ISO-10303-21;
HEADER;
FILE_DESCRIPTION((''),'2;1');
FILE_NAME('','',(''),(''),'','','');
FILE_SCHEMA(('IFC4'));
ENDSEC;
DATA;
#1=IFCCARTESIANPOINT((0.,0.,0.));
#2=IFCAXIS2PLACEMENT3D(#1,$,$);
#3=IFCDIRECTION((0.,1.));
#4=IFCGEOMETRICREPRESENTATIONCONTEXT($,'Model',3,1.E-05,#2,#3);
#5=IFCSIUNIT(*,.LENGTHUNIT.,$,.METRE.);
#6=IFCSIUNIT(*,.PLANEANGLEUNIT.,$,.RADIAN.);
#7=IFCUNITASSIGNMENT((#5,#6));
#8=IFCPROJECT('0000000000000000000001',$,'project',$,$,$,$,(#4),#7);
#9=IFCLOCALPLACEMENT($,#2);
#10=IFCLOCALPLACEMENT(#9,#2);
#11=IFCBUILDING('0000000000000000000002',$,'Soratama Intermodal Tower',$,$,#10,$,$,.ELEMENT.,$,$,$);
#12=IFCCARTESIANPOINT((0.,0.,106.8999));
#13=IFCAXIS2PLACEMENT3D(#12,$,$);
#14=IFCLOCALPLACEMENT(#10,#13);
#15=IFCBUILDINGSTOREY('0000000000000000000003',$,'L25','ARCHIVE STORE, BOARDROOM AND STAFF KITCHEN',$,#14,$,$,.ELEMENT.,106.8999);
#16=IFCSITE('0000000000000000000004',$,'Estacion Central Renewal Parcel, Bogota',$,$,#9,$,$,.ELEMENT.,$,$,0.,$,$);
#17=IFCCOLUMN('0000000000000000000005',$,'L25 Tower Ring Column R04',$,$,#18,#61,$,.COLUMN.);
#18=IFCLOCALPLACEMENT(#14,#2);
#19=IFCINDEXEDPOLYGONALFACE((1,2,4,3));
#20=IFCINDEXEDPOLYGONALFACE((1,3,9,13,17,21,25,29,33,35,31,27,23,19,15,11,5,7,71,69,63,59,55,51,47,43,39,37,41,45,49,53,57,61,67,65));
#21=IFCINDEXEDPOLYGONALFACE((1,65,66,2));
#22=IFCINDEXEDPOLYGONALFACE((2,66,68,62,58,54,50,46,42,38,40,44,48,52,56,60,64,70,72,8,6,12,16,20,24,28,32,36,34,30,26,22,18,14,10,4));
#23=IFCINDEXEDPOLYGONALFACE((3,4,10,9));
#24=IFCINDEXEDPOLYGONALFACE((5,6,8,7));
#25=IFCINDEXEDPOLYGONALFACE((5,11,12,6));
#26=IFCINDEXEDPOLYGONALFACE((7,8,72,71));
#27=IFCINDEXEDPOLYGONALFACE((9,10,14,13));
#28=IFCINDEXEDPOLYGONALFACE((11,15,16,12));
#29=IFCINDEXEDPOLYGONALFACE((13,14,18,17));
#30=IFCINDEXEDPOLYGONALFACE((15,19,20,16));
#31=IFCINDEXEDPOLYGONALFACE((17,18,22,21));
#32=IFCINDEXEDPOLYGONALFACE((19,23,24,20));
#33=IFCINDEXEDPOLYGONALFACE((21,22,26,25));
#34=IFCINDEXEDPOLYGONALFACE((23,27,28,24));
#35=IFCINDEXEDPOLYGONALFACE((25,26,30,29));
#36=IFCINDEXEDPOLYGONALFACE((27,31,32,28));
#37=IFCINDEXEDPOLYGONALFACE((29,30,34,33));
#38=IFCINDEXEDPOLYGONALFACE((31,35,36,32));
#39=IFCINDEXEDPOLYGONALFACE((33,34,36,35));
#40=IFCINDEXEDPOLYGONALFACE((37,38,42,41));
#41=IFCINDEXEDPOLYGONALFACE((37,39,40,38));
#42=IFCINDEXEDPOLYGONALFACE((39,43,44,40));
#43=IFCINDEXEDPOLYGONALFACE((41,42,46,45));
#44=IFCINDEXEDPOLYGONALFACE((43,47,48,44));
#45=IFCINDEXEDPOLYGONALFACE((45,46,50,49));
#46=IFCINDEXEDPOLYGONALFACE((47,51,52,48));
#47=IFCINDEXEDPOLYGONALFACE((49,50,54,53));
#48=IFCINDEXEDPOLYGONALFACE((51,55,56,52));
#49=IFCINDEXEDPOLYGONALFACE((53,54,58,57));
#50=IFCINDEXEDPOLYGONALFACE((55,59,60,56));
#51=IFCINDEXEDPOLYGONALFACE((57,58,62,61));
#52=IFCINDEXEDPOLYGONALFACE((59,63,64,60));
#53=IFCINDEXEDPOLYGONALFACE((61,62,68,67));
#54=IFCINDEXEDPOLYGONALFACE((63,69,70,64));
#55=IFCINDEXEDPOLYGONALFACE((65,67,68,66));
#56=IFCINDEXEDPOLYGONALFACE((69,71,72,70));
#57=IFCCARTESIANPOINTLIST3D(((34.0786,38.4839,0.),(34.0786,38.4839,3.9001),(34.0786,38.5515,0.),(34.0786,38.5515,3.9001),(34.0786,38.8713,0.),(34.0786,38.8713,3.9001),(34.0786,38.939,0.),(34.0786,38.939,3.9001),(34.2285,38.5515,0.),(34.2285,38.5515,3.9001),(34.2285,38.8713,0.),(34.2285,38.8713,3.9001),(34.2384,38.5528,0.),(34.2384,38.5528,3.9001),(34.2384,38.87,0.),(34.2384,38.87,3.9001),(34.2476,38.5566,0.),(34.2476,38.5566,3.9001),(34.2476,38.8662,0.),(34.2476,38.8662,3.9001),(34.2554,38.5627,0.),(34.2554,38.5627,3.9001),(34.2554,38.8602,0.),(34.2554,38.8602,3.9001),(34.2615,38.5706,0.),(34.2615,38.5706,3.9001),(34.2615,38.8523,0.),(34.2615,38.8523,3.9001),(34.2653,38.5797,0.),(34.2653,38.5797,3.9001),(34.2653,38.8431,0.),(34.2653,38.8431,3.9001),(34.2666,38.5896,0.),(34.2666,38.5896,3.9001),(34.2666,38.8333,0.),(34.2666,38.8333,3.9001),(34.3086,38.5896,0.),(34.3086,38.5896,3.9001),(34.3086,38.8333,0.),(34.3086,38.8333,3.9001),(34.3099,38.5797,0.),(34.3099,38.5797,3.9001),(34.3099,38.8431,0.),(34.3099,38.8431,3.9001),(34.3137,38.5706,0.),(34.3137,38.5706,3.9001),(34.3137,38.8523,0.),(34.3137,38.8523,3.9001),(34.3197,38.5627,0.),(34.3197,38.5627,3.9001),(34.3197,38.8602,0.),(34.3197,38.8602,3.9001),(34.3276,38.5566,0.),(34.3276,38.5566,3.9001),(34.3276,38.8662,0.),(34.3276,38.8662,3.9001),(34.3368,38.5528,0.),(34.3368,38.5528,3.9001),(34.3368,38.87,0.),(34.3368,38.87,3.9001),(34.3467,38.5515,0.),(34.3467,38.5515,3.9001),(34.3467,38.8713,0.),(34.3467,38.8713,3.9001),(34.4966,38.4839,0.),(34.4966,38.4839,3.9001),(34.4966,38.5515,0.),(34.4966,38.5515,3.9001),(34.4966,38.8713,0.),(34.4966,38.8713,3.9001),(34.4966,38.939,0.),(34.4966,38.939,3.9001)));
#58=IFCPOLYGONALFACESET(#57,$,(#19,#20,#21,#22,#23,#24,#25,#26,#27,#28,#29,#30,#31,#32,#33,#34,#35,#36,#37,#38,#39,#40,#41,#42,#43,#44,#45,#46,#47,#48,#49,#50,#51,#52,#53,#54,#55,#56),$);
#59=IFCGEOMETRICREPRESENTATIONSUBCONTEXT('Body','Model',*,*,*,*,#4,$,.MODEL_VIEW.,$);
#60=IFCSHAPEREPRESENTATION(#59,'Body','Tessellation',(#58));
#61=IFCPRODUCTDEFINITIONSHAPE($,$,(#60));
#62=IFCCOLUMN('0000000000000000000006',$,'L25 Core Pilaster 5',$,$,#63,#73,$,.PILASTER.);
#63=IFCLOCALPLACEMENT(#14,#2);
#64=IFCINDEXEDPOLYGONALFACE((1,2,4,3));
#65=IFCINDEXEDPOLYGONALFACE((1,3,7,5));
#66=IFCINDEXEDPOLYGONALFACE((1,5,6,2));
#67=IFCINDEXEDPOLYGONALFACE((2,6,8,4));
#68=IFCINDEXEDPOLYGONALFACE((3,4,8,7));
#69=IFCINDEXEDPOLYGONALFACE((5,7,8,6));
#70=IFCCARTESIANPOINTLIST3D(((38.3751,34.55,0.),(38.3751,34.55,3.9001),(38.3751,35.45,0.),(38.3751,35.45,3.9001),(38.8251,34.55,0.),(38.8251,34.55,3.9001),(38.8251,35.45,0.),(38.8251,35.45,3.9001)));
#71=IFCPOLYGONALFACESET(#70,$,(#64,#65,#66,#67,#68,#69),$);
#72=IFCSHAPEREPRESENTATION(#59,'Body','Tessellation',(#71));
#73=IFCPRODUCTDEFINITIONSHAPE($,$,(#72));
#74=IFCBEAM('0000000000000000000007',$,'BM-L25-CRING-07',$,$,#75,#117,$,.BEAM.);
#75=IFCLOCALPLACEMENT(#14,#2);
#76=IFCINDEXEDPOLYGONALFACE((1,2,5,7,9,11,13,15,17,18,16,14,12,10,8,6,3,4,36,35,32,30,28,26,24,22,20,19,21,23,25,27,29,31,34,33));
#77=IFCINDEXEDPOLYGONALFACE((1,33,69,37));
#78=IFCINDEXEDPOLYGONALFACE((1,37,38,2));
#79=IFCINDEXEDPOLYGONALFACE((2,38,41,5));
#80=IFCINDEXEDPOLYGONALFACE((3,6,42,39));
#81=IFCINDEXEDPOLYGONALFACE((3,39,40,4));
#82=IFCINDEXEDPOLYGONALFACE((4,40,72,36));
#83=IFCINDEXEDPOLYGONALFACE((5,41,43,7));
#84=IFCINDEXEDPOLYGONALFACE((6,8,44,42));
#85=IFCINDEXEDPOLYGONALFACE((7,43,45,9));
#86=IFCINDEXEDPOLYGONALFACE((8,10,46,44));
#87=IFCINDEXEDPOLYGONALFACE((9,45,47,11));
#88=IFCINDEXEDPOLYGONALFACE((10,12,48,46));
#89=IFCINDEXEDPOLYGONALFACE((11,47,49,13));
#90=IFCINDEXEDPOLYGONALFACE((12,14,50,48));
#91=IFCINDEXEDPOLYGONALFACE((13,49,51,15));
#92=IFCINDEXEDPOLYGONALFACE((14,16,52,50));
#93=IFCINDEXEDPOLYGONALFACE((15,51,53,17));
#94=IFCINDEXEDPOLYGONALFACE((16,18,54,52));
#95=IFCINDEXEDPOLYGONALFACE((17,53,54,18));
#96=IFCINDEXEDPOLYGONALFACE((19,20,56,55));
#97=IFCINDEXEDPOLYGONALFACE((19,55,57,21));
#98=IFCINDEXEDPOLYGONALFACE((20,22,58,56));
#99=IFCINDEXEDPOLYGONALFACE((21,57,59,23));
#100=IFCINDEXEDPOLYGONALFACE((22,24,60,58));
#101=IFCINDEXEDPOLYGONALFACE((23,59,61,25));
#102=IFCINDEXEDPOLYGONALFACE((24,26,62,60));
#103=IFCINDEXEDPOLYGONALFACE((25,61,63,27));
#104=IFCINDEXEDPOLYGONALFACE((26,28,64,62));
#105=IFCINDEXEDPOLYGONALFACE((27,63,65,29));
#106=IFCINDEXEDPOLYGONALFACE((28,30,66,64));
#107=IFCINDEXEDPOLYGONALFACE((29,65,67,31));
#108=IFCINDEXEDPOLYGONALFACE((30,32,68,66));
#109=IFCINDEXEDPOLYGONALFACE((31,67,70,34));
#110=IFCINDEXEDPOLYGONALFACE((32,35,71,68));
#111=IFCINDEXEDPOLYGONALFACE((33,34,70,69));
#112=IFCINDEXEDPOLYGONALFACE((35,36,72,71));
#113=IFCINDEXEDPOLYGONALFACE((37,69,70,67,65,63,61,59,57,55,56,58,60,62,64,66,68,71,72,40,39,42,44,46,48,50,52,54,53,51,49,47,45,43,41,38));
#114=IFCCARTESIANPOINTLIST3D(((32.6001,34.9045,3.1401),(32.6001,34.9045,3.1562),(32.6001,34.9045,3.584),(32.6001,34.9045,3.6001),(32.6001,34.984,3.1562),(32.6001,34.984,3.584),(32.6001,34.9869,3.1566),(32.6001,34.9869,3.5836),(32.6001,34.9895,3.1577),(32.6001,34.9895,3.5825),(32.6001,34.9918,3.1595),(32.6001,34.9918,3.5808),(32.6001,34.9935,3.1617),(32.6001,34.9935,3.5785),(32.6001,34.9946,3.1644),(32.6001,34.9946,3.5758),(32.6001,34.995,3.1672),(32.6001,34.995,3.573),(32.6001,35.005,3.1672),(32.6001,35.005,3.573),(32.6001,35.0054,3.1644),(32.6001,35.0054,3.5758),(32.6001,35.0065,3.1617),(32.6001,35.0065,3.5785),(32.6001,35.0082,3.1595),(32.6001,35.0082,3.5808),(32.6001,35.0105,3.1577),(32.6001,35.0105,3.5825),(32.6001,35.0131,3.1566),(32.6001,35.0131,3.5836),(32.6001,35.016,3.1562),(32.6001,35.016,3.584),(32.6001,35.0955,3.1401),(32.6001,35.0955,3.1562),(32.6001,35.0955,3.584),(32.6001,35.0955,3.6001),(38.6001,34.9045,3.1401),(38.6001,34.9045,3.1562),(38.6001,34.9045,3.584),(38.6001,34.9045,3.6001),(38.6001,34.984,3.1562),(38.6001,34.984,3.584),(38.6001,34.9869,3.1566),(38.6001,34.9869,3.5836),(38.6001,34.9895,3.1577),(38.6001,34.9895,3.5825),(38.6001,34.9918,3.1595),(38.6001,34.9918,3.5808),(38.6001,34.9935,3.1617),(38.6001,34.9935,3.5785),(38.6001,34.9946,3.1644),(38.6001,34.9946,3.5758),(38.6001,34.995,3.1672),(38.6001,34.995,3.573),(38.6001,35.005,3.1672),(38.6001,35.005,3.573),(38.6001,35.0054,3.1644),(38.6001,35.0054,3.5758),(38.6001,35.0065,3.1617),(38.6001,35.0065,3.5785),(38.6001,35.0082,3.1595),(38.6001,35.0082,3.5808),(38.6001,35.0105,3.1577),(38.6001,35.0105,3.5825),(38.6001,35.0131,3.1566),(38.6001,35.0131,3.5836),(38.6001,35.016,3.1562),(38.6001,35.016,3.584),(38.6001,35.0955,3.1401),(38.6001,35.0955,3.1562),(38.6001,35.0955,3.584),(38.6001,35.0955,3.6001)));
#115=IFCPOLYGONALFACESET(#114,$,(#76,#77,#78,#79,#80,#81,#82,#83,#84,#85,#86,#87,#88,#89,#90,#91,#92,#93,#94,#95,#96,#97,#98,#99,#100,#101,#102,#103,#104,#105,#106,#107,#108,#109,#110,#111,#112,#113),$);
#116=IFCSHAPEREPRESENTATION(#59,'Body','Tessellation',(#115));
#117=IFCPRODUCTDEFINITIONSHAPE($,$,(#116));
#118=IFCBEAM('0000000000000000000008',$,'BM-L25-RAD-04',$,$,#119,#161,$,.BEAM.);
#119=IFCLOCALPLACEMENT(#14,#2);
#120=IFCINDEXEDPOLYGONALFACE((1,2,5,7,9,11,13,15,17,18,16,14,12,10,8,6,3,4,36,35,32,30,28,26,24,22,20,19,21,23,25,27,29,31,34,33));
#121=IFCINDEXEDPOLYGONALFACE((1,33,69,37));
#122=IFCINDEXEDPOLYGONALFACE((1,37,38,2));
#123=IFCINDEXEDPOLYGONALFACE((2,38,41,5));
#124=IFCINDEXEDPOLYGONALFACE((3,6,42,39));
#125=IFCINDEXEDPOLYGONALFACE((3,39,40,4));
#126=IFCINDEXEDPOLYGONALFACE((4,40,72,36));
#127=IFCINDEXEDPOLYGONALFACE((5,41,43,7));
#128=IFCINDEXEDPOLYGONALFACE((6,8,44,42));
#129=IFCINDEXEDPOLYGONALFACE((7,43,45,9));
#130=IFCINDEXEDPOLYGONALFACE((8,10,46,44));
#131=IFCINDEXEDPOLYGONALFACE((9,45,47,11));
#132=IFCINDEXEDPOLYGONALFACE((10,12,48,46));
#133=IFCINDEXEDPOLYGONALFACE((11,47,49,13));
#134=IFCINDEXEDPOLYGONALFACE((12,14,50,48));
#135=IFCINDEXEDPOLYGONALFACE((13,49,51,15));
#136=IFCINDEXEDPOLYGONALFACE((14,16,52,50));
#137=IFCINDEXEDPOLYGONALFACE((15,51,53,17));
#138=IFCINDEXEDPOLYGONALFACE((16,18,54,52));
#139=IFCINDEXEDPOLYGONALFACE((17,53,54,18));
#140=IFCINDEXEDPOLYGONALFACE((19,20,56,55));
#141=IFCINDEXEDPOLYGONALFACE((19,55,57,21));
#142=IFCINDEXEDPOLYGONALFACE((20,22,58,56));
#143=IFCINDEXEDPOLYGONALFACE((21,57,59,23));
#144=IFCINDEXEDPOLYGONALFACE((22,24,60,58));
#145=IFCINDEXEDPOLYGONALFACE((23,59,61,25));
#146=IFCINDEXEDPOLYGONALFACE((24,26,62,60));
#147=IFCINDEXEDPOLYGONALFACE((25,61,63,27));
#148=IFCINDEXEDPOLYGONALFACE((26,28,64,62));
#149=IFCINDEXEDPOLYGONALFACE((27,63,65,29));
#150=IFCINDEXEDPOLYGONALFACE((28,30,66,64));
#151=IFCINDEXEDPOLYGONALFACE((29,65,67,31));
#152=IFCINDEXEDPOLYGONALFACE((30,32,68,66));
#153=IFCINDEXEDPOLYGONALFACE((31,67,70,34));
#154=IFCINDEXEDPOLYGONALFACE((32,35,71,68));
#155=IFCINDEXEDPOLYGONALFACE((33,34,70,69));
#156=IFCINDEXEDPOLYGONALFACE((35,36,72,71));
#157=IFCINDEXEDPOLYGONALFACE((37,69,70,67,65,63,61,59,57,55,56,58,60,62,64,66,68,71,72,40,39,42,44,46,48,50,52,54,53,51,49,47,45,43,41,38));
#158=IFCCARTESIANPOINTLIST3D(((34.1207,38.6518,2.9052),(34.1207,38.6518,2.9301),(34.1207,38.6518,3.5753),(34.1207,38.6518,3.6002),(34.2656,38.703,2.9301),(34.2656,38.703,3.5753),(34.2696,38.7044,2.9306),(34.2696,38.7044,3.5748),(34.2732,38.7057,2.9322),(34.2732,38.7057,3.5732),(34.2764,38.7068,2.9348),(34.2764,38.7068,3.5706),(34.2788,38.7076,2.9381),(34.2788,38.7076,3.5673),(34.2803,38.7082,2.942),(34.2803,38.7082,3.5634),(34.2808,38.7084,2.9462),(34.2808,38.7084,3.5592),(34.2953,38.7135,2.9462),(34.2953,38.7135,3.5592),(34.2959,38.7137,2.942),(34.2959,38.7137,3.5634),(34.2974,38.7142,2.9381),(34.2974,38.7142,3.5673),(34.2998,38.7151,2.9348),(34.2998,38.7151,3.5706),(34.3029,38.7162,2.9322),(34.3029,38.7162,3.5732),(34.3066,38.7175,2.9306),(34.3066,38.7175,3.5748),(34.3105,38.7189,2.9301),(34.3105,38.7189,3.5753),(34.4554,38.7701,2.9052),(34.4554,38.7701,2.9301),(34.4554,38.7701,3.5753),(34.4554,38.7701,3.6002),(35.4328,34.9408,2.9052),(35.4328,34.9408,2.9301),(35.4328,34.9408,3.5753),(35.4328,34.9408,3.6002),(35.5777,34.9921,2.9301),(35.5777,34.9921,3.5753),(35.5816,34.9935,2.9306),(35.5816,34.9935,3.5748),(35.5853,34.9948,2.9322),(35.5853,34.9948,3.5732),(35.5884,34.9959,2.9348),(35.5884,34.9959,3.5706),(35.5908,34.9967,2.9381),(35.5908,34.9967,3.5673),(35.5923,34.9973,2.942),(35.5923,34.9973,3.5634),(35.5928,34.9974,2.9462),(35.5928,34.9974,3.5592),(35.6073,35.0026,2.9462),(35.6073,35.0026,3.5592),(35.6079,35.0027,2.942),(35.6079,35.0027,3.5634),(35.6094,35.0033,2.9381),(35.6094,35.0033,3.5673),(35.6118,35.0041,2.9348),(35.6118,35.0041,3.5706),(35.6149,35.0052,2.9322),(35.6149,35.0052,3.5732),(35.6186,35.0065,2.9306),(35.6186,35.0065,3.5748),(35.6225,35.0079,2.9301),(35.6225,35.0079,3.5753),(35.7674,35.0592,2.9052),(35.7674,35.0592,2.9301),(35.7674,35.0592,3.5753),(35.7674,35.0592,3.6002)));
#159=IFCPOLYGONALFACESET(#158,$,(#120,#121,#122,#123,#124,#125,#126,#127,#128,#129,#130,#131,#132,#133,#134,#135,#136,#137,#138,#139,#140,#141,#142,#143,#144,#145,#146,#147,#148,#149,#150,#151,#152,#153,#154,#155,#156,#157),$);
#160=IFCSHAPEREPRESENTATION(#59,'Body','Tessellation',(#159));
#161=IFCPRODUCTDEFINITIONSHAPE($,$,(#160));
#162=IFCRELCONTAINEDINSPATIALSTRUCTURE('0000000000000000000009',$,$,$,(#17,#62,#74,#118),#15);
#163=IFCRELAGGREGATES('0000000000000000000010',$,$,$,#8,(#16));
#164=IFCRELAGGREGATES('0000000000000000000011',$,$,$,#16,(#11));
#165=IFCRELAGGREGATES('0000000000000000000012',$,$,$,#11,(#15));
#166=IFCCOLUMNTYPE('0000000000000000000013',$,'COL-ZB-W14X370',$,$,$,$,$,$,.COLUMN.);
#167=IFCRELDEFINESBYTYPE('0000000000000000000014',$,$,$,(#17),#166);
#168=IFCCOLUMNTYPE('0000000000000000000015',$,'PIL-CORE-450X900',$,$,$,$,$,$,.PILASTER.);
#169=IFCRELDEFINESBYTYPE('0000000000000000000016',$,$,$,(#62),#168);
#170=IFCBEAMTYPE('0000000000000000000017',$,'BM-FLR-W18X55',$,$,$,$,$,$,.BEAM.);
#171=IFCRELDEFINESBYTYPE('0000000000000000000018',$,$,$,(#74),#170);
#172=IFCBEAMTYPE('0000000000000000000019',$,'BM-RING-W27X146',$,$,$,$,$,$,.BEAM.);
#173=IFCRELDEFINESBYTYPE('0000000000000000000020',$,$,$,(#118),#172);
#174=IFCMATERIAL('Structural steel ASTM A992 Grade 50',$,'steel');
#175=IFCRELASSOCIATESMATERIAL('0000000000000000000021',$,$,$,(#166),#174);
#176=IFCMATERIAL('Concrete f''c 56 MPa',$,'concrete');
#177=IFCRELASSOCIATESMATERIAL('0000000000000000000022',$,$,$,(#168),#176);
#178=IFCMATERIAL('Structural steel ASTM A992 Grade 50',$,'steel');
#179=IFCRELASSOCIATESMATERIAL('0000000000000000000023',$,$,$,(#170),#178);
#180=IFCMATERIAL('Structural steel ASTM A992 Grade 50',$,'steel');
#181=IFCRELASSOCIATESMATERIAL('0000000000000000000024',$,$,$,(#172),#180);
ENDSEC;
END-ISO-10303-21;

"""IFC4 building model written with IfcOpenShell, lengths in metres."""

from ifc_helpers import new_model, si_unit, direction, frame, origin, origin_2d, place, context, subcontext, project, spatial, rectangle, i_section, extrude, material, material_profile, profile_set, type_object, element, save


model = new_model("IFC4")

# Units and contexts
model_context = context("Model", 3, precision=1e-05, world=origin(), true_north=direction((0.0, 1.0)))
body_context = subcontext(model_context, "Body", "Model", "MODEL_VIEW")
ifc_project = project(units=[si_unit("LENGTHUNIT", "METRE"), si_unit("PLANEANGLEUNIT", "RADIAN")], contexts=[model_context])

# Site, building, storey
site_placement = place(None, origin())
site = spatial("IfcSite", under=ifc_project, at=site_placement, Name="Estacion Central Renewal Parcel, Bogota", CompositionType="ELEMENT", RefElevation=0.0)
building_placement = place(site_placement, origin())
building = spatial("IfcBuilding", under=site, at=building_placement, Name="Soratama Intermodal Tower", CompositionType="ELEMENT")
storey_placement = place(building_placement, frame((0.0, 0.0, 106.8999)))
storey = spatial("IfcBuildingStorey", under=building, at=storey_placement, Name="L25", Description="ARCHIVE STORE, BOARDROOM AND STAFF KITCHEN", CompositionType="ELEMENT", Elevation=106.8999)

# Columns
ifc_material_1 = material(Name="Structural steel ASTM A992 Grade 50", Category="steel")
ifc_material_profile_1 = material_profile(ifc_material_1, i_section(OverallWidth=0.418, OverallDepth=0.4551, WebThickness=0.042, FlangeThickness=0.0676, FilletRadius=0.0381, at=origin_2d()), Name="W14X370")
ifc_profile_set_1 = profile_set([ifc_material_profile_1], Name="Structural steel ASTM A992 Grade 50")
column_type_1 = type_object("IfcColumnType", Name="COL-ZB-W14X370", PredefinedType="COLUMN", material=ifc_profile_set_1)
column_1_placement = place(storey_placement, frame((34.2876, 38.7114, 0.0), z_axis=(0.0, 0.0, 1.0), x_axis=(1.0, 0.0, 0.0)))
element("IfcColumn", 1, at=column_1_placement, inside=storey, type_object=column_type_1, Name="L25 Tower Ring Column R04", PredefinedType="COLUMN", context=body_context, shape_type="SweptSolid", body=[
    extrude(i_section(OverallWidth=0.418, OverallDepth=0.4551, WebThickness=0.042, FlangeThickness=0.0676, FilletRadius=0.0381, at=origin_2d()), origin(), (0.0, 0.0, 1.0), 3.9001),
])
ifc_material_2 = material(Name="Concrete f'c 56 MPa", Category="concrete")
ifc_material_profile_2 = material_profile(ifc_material_2, rectangle(XDim=0.45, YDim=0.8999, at=origin_2d()), Name="RC450X900")
ifc_profile_set_2 = profile_set([ifc_material_profile_2], Name="Concrete f'c 56 MPa")
column_type_2 = type_object("IfcColumnType", Name="PIL-CORE-450X900", PredefinedType="PILASTER", material=ifc_profile_set_2)
column_2_placement = place(storey_placement, frame((38.6001, 35.0, 0.0), z_axis=(0.0, 0.0, 1.0), x_axis=(1.0, 0.0, 0.0)))
element("IfcColumn", 2, at=column_2_placement, inside=storey, type_object=column_type_2, Name="L25 Core Pilaster 5", PredefinedType="PILASTER", context=body_context, shape_type="SweptSolid", body=[
    extrude(rectangle(XDim=0.45, YDim=0.8999, at=origin_2d()), origin(), (0.0, 0.0, 1.0), 3.9001),
])

# Beams
ifc_material_3 = material(Name="Structural steel ASTM A992 Grade 50", Category="steel")
ifc_material_profile_3 = material_profile(ifc_material_3, i_section(OverallWidth=0.1909, OverallDepth=0.46, WebThickness=0.01, FlangeThickness=0.0161, FilletRadius=0.011, at=origin_2d()), Name="W18X55")
ifc_profile_set_3 = profile_set([ifc_material_profile_3], Name="Structural steel ASTM A992 Grade 50")
beam_type_1 = type_object("IfcBeamType", Name="BM-FLR-W18X55", PredefinedType="BEAM", material=ifc_profile_set_3)
beam_1_placement = place(storey_placement, frame((38.6001, 35.0, 3.3701), z_axis=(-1.0, 0.0, 0.0), x_axis=(0.0, -1.0, 0.0)))
element("IfcBeam", 3, at=beam_1_placement, inside=storey, type_object=beam_type_1, Name="BM-L25-CRING-07", PredefinedType="BEAM", context=body_context, shape_type="SweptSolid", body=[
    extrude(i_section(OverallWidth=0.1909, OverallDepth=0.46, WebThickness=0.01, FlangeThickness=0.0161, FilletRadius=0.011, at=origin_2d()), origin(), (0.0, 0.0, 1.0), 6.0),
])
ifc_material_4 = material(Name="Structural steel ASTM A992 Grade 50", Category="steel")
ifc_material_profile_4 = material_profile(ifc_material_4, i_section(OverallWidth=0.355, OverallDepth=0.6951, WebThickness=0.0154, FlangeThickness=0.0249, FilletRadius=0.0161, at=origin_2d()), Name="W27X146")
ifc_profile_set_4 = profile_set([ifc_material_profile_4], Name="Structural steel ASTM A992 Grade 50")
beam_type_2 = type_object("IfcBeamType", Name="BM-RING-W27X146", PredefinedType="BEAM", material=ifc_profile_set_4)
beam_2_placement = place(storey_placement, frame((35.6001, 35.0, 3.2527), z_axis=(-0.333333, 0.942809, 0.0), x_axis=(-0.942809, -0.333333, 0.0)))
element("IfcBeam", 4, at=beam_2_placement, inside=storey, type_object=beam_type_2, Name="BM-L25-RAD-04", PredefinedType="BEAM", context=body_context, shape_type="SweptSolid", body=[
    extrude(i_section(OverallWidth=0.355, OverallDepth=0.6951, WebThickness=0.0154, FlangeThickness=0.0249, FilletRadius=0.0161, at=origin_2d()), origin(), (0.0, 0.0, 1.0), 3.936),
])

save(model, "model.ifc")
